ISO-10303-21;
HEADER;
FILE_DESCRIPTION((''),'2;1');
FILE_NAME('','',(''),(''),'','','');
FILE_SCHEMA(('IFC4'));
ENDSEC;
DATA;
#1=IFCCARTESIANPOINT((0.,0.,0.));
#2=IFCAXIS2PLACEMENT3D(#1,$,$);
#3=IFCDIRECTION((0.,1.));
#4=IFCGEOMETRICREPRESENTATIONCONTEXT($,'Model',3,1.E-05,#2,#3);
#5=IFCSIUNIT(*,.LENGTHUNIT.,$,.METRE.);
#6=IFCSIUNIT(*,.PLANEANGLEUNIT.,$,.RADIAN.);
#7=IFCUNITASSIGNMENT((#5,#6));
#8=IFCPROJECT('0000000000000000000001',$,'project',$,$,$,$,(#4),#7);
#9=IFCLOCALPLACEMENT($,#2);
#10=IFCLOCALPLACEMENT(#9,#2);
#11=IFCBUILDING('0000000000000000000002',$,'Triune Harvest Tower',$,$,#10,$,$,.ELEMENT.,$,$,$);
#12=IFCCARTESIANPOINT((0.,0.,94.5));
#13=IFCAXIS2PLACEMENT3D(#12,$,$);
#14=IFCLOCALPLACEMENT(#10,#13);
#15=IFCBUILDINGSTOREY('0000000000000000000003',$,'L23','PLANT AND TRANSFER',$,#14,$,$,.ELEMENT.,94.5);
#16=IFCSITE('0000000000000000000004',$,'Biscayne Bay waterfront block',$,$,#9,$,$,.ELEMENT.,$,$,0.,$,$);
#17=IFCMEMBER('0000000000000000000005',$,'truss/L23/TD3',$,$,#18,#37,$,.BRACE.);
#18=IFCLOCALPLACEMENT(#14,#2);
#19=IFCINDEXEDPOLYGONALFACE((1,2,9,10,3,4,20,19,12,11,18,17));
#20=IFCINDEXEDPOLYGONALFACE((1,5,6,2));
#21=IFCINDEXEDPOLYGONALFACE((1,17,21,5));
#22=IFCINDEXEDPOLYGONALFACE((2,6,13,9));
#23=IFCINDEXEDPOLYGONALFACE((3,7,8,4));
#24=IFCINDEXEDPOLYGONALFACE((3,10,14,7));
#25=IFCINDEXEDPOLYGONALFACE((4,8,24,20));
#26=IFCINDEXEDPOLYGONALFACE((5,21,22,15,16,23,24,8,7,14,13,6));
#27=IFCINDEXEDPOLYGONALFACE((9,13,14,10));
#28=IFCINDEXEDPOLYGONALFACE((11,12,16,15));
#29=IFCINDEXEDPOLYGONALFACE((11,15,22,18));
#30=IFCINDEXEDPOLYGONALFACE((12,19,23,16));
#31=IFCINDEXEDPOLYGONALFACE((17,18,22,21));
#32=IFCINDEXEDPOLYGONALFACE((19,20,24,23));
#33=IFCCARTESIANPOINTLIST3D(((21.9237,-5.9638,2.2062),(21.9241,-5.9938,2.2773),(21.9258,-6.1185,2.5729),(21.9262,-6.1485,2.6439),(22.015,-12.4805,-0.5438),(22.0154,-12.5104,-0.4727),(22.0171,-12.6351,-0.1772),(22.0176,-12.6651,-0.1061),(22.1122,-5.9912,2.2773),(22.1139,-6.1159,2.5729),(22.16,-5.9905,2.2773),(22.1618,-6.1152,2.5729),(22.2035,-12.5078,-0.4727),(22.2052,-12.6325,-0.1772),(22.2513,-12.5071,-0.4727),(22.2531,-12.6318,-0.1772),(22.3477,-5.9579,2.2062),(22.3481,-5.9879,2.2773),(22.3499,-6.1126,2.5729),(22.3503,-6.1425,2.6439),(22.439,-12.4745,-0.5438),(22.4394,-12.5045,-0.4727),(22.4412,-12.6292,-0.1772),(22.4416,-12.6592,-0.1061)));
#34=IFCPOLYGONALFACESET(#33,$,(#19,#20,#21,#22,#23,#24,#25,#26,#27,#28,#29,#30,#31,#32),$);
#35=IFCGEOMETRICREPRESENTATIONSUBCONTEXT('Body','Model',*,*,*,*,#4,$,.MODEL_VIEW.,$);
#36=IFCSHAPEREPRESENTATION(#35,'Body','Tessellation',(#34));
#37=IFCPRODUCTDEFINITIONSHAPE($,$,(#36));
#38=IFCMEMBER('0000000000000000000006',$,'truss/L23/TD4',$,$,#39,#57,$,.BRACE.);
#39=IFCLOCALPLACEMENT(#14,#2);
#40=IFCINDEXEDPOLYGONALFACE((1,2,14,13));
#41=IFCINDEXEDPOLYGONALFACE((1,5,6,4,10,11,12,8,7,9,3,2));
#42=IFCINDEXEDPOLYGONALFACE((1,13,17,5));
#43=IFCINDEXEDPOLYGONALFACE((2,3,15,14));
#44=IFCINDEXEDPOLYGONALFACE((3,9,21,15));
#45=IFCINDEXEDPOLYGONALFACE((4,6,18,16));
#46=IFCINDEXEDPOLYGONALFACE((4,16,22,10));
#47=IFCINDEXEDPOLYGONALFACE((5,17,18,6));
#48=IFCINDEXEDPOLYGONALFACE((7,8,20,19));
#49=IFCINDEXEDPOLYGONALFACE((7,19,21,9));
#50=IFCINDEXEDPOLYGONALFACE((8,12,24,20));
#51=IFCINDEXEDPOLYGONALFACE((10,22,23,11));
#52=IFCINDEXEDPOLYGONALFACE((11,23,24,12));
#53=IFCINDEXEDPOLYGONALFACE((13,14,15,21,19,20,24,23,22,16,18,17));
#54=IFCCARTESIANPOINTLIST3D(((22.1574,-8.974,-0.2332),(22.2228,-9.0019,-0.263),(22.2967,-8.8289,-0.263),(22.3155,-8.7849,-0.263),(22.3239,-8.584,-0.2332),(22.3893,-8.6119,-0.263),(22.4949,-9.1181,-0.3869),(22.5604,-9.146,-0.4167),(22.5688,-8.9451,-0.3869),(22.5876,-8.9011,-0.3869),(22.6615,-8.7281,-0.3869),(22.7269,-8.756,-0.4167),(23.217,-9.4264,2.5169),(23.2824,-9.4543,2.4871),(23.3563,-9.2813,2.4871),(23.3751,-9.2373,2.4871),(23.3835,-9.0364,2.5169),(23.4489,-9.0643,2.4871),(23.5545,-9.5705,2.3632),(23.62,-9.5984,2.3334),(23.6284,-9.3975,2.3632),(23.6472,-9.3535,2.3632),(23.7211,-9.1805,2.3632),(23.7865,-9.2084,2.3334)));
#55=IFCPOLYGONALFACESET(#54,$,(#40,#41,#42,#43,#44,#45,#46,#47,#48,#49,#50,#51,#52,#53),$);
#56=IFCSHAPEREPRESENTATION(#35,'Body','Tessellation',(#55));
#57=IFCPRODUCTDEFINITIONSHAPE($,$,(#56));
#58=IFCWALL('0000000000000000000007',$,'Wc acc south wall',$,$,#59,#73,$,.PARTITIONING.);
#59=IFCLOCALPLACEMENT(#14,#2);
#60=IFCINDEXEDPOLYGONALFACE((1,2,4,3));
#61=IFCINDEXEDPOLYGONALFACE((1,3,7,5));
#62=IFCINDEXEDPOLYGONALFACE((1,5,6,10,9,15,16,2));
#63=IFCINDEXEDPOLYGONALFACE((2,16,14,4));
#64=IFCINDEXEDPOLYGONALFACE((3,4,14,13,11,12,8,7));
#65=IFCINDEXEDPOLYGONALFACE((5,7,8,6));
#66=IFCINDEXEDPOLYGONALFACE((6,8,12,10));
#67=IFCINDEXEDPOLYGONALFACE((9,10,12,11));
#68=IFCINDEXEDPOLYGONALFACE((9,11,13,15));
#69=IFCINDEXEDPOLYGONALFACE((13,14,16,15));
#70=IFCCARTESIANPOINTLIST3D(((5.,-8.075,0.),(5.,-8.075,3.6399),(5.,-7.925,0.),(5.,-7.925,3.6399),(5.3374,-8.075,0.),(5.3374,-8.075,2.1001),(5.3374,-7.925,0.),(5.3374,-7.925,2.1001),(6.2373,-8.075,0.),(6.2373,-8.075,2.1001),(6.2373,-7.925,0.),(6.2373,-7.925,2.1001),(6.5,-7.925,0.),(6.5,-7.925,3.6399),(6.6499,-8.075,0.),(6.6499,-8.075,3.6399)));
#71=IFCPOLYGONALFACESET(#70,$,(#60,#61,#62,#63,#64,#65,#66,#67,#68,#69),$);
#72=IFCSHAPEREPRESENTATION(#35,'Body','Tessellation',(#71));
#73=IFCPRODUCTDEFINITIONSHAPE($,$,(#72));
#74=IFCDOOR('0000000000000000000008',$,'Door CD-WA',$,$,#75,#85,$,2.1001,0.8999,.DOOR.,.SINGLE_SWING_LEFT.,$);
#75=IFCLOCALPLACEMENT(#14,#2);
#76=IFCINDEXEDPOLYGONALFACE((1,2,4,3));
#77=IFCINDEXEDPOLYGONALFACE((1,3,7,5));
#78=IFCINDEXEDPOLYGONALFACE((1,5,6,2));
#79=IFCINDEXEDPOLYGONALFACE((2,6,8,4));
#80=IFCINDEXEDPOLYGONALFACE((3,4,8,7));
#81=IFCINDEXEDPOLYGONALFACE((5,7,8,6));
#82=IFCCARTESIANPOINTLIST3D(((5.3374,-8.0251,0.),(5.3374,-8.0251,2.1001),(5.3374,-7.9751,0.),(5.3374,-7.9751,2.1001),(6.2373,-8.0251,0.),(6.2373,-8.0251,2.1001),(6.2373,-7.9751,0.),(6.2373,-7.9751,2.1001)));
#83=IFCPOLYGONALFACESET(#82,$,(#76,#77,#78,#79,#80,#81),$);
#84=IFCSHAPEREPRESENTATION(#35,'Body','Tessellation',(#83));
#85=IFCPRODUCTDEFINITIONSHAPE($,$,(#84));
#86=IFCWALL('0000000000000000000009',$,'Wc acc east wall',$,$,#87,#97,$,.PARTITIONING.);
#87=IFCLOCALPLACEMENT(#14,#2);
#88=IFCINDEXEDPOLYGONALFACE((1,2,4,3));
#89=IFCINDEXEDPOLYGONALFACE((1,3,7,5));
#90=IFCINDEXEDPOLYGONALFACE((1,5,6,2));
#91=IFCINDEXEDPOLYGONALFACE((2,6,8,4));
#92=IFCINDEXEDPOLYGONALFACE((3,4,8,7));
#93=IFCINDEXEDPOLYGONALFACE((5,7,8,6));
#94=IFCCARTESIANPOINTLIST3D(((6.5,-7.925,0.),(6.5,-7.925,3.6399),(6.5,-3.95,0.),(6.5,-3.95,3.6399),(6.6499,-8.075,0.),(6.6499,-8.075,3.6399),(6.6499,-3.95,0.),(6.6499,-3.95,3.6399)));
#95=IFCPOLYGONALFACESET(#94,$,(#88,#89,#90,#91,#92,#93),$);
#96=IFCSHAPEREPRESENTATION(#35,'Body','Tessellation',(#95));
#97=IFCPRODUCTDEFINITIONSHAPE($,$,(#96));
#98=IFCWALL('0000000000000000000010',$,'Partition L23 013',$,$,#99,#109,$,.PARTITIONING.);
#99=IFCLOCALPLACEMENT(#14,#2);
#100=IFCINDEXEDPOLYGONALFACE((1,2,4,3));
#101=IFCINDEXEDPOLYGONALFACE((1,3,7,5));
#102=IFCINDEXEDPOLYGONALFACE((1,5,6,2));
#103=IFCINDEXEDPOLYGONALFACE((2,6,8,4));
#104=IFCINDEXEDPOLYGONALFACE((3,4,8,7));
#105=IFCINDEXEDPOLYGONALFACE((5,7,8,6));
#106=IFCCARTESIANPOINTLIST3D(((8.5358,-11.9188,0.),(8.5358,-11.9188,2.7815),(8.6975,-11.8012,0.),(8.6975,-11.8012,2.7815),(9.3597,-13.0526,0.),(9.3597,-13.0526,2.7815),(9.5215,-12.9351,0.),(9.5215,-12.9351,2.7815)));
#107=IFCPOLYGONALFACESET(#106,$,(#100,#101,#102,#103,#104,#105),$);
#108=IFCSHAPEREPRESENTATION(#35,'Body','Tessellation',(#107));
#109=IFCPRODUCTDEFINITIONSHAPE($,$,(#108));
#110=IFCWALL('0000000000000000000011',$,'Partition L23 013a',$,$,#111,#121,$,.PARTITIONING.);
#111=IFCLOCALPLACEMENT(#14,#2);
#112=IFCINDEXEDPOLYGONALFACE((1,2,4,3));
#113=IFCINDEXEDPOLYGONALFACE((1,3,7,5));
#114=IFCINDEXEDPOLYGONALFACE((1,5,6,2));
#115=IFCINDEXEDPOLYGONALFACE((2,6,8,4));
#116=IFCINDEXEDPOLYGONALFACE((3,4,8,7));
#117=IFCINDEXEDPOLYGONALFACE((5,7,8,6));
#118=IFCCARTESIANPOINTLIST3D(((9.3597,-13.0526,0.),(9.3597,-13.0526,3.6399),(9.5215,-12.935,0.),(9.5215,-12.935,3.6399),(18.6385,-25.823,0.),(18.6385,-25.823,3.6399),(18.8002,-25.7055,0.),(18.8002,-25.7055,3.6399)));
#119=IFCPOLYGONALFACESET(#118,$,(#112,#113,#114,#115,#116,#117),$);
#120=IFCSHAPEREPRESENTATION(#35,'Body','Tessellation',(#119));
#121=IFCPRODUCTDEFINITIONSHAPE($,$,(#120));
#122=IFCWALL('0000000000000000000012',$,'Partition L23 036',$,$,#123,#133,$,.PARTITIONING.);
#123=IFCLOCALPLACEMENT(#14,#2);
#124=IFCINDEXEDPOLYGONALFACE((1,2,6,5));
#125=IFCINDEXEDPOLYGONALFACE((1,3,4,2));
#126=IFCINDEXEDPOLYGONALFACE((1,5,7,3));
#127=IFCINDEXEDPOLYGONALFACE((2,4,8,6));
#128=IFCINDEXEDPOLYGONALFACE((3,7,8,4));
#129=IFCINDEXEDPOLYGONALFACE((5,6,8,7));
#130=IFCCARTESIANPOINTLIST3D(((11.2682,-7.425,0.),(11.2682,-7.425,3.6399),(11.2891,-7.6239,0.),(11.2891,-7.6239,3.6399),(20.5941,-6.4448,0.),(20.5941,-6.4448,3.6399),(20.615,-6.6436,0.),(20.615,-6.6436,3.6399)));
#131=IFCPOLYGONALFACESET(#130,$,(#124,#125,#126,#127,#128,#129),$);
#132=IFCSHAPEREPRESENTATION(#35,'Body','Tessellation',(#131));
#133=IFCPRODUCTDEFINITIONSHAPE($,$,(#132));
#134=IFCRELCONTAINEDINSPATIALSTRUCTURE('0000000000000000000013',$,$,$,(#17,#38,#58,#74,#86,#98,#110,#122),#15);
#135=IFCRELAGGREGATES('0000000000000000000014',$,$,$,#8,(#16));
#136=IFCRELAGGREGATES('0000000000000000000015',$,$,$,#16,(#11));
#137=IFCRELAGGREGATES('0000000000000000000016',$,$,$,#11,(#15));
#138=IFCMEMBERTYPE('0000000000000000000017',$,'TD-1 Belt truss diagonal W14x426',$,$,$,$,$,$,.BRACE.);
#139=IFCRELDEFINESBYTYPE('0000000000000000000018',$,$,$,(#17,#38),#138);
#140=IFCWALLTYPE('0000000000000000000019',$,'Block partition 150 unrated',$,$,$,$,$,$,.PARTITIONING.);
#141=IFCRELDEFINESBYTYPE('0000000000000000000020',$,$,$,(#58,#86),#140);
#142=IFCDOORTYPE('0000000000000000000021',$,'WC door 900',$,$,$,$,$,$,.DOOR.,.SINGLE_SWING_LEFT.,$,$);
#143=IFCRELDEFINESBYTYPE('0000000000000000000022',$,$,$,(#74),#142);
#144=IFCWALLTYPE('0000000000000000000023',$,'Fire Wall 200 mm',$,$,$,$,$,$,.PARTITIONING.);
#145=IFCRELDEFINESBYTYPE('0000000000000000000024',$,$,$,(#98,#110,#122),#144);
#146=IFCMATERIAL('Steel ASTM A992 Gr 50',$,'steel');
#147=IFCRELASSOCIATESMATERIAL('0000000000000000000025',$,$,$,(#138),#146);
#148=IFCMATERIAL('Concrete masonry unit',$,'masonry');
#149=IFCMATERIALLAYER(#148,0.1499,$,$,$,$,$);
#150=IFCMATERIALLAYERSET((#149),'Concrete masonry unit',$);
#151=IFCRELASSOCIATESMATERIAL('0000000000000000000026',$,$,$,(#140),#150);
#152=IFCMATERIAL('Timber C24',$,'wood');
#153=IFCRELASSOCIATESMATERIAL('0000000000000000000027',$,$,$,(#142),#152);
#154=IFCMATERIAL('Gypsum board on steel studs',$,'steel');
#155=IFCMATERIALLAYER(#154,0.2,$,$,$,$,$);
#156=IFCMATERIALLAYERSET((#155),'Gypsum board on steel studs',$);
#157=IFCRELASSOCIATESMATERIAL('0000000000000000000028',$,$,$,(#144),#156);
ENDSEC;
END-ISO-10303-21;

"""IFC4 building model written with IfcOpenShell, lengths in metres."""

from ifc_helpers import new_model, si_unit, direction, frame, frame_2d, origin, origin_2d, place, context, subcontext, project, spatial, polyline, rectangle, i_section, outline, extrude, source, transform, mapped, material, layer, layer_set, material_profile, profile_set, type_object, element, fill, save


model = new_model("IFC4")

# Units and contexts
model_context = context("Model", 3, precision=1e-05, world=origin(), true_north=direction((0.0, 1.0)))
body_context = subcontext(model_context, "Body", "Model", "MODEL_VIEW")
ifc_project = project(units=[si_unit("LENGTHUNIT", "METRE"), si_unit("PLANEANGLEUNIT", "RADIAN")], contexts=[model_context])

# Site, building, storey
site_placement = place(None, origin())
site = spatial("IfcSite", under=ifc_project, at=site_placement, Name="Biscayne Bay waterfront block", CompositionType="ELEMENT", RefElevation=0.0)
building_placement = place(site_placement, origin())
building = spatial("IfcBuilding", under=site, at=building_placement, Name="Triune Harvest Tower", CompositionType="ELEMENT")
storey_placement = place(building_placement, frame((0.0, 0.0, 94.5)))
storey = spatial("IfcBuildingStorey", under=building, at=storey_placement, Name="L23", Description="PLANT AND TRANSFER", CompositionType="ELEMENT", Elevation=94.5)

# Members
ifc_material_1 = material(Name="Steel ASTM A992 Gr 50", Category="steel")
ifc_material_profile_1 = material_profile(ifc_material_1, i_section(OverallWidth=0.4241, OverallDepth=0.4751, WebThickness=0.0479, FlangeThickness=0.0771, at=origin_2d()), Name="W14x426")
ifc_profile_set_1 = profile_set([ifc_material_profile_1], Name="Steel ASTM A992 Gr 50")
member_type_1 = type_object("IfcMemberType", Name="TD-1 Belt truss diagonal W14x426", PredefinedType="BRACE", material=ifc_profile_set_1)
shared_shape_1 = source(origin(), body_context, "Body", "SweptSolid", [
    extrude(i_section(OverallWidth=0.4241, OverallDepth=0.4751, WebThickness=0.0479, FlangeThickness=0.0771, at=origin_2d()), origin(), (0.0, 0.0, 1.0), 7.0737),
])
member_1_placement = place(storey_placement, frame((22.2283, -12.5698, -0.325), z_axis=(-0.012908, 0.921246, 0.388765), x_axis=(-0.999902, -0.01401, 0.0)))
element("IfcMember", 1, at=member_1_placement, inside=storey, type_object=member_type_1, Name="truss/L23/TD3", PredefinedType="BRACE", context=body_context, shape_type="MappedRepresentation", body=[
    mapped(shared_shape_1, transform((0.0, 0.0, 0.0), scale=1.0)),
])
shared_shape_2 = source(origin(), body_context, "Body", "SweptSolid", [
    extrude(i_section(OverallWidth=0.4241, OverallDepth=0.4751, WebThickness=0.0479, FlangeThickness=0.0771, at=origin_2d()), origin(), (0.0, 0.0, 1.0), 2.9817),
])
member_2_placement = place(storey_placement, frame((22.4421, -8.865, -0.325), z_axis=(0.355372, -0.151729, 0.922328), x_axis=(0.392666, 0.919681, 0.0)))
element("IfcMember", 2, at=member_2_placement, inside=storey, type_object=member_type_1, Name="truss/L23/TD4", PredefinedType="BRACE", context=body_context, shape_type="MappedRepresentation", body=[
    mapped(shared_shape_2, transform((0.0, 0.0, 0.0), scale=1.0)),
])

# Wall, opening, door
ifc_material_2 = material(Name="Concrete masonry unit", Category="masonry")
ifc_layer_1 = layer(ifc_material_2, 0.1499)
ifc_layer_set_1 = layer_set([ifc_layer_1], Name="Concrete masonry unit")
wall_type_1 = type_object("IfcWallType", Name="Block partition 150 unrated", PredefinedType="PARTITIONING", material=ifc_layer_set_1)
wall_1_placement = place(storey_placement, frame((5.0, -8.0, 0.0), z_axis=(0.0, 0.0, 1.0), x_axis=(1.0, 0.0, 0.0)))
wall_1 = element("IfcWall", 3, at=wall_1_placement, inside=storey, type_object=wall_type_1, Name="Wc acc south wall", PredefinedType="PARTITIONING", context=body_context, shape_type="SweptSolid", body=[
    extrude(outline(polyline([(0.0, -0.075), (1.6499, -0.075), (1.5, 0.075), (0.0, 0.075), (0.0, -0.075)])), origin(), (0.0, 0.0, 1.0), 3.6399),
])
opening_1_placement = place(wall_1_placement, frame((0.3374, 0.0, 0.0)))
opening_1 = element("IfcOpeningElement", 4, at=opening_1_placement, cuts=wall_1, PredefinedType="OPENING", context=body_context, shape_type="SweptSolid", body=[
    extrude(rectangle(XDim=0.8999, YDim=2.1001, at=frame_2d((0.45, 1.05))), frame((0.0, 0.085, 0.0), z_axis=(0.0, -1.0, 0.0), x_axis=(1.0, 0.0, 0.0)), (0.0, 0.0, 1.0), 0.1699),
])
ifc_material_3 = material(Name="Timber C24", Category="wood")
door_type_1 = type_object("IfcDoorType", Name="WC door 900", OperationType="SINGLE_SWING_LEFT", PredefinedType="DOOR", material=ifc_material_3)
door_1_placement = place(opening_1_placement, origin())
door_1 = element("IfcDoor", 5, at=door_1_placement, inside=storey, type_object=door_type_1, Name="Door CD-WA", OperationType="SINGLE_SWING_LEFT", OverallHeight=2.1001, OverallWidth=0.8999, PredefinedType="DOOR", context=body_context, shape_type="SweptSolid", body=[
    extrude(rectangle(XDim=0.8999, YDim=2.1001, at=frame_2d((0.45, 1.05))), frame((0.0, 0.0249, 0.0), z_axis=(0.0, -1.0, 0.0), x_axis=(1.0, 0.0, 0.0)), (0.0, 0.0, 1.0), 0.05),
])
fill(opening_1, door_1)

# Walls
wall_2_placement = place(storey_placement, frame((6.575, -8.0, 0.0), z_axis=(0.0, 0.0, 1.0), x_axis=(0.0, 1.0, 0.0)))
element("IfcWall", 6, at=wall_2_placement, inside=storey, type_object=wall_type_1, Name="Wc acc east wall", PredefinedType="PARTITIONING", context=body_context, shape_type="SweptSolid", body=[
    extrude(outline(polyline([(-0.075, -0.075), (4.05, -0.075), (4.05, 0.075), (0.075, 0.075), (-0.075, -0.075)])), origin(), (0.0, 0.0, 1.0), 3.6399),
])
ifc_material_4 = material(Name="Gypsum board on steel studs", Category="steel")
ifc_layer_2 = layer(ifc_material_4, 0.2)
ifc_layer_set_2 = layer_set([ifc_layer_2], Name="Gypsum board on steel studs")
wall_type_2 = type_object("IfcWallType", Name="Fire Wall 200 mm", PredefinedType="PARTITIONING", material=ifc_layer_set_2)
wall_3_placement = place(storey_placement, frame((8.6167, -11.8601, 0.0), z_axis=(0.0, 0.0, 1.0), x_axis=(0.587892, -0.808939, 0.0)))
element("IfcWall", 7, at=wall_3_placement, inside=storey, type_object=wall_type_2, Name="Partition L23 013", PredefinedType="PARTITIONING", context=body_context, shape_type="SweptSolid", body=[
    extrude(rectangle(XDim=1.4016, YDim=0.2, at=frame_2d((0.7007, 0.0))), origin(), (0.0, 0.0, 1.0), 2.7815),
])
wall_4_placement = place(storey_placement, frame((9.4407, -12.9939, 0.0), z_axis=(0.0, 0.0, 1.0), x_axis=(0.587806, -0.809002, 0.0)))
element("IfcWall", 8, at=wall_4_placement, inside=storey, type_object=wall_type_2, Name="Partition L23 013a", PredefinedType="PARTITIONING", context=body_context, shape_type="SweptSolid", body=[
    extrude(rectangle(XDim=15.7854, YDim=0.2, at=frame_2d((7.8926, 0.0))), origin(), (0.0, 0.0, 1.0), 3.6399),
])
wall_5_placement = place(storey_placement, frame((11.2788, -7.5244, 0.0), z_axis=(0.0, 0.0, 1.0), x_axis=(0.994522, 0.104532, 0.0)))
element("IfcWall", 9, at=wall_5_placement, inside=storey, type_object=wall_type_2, Name="Partition L23 036", PredefinedType="PARTITIONING", context=body_context, shape_type="SweptSolid", body=[
    extrude(rectangle(XDim=9.3772, YDim=0.2, at=frame_2d((4.6885, 0.0))), origin(), (0.0, 0.0, 1.0), 3.6399),
])

save(model, "model.ifc")
